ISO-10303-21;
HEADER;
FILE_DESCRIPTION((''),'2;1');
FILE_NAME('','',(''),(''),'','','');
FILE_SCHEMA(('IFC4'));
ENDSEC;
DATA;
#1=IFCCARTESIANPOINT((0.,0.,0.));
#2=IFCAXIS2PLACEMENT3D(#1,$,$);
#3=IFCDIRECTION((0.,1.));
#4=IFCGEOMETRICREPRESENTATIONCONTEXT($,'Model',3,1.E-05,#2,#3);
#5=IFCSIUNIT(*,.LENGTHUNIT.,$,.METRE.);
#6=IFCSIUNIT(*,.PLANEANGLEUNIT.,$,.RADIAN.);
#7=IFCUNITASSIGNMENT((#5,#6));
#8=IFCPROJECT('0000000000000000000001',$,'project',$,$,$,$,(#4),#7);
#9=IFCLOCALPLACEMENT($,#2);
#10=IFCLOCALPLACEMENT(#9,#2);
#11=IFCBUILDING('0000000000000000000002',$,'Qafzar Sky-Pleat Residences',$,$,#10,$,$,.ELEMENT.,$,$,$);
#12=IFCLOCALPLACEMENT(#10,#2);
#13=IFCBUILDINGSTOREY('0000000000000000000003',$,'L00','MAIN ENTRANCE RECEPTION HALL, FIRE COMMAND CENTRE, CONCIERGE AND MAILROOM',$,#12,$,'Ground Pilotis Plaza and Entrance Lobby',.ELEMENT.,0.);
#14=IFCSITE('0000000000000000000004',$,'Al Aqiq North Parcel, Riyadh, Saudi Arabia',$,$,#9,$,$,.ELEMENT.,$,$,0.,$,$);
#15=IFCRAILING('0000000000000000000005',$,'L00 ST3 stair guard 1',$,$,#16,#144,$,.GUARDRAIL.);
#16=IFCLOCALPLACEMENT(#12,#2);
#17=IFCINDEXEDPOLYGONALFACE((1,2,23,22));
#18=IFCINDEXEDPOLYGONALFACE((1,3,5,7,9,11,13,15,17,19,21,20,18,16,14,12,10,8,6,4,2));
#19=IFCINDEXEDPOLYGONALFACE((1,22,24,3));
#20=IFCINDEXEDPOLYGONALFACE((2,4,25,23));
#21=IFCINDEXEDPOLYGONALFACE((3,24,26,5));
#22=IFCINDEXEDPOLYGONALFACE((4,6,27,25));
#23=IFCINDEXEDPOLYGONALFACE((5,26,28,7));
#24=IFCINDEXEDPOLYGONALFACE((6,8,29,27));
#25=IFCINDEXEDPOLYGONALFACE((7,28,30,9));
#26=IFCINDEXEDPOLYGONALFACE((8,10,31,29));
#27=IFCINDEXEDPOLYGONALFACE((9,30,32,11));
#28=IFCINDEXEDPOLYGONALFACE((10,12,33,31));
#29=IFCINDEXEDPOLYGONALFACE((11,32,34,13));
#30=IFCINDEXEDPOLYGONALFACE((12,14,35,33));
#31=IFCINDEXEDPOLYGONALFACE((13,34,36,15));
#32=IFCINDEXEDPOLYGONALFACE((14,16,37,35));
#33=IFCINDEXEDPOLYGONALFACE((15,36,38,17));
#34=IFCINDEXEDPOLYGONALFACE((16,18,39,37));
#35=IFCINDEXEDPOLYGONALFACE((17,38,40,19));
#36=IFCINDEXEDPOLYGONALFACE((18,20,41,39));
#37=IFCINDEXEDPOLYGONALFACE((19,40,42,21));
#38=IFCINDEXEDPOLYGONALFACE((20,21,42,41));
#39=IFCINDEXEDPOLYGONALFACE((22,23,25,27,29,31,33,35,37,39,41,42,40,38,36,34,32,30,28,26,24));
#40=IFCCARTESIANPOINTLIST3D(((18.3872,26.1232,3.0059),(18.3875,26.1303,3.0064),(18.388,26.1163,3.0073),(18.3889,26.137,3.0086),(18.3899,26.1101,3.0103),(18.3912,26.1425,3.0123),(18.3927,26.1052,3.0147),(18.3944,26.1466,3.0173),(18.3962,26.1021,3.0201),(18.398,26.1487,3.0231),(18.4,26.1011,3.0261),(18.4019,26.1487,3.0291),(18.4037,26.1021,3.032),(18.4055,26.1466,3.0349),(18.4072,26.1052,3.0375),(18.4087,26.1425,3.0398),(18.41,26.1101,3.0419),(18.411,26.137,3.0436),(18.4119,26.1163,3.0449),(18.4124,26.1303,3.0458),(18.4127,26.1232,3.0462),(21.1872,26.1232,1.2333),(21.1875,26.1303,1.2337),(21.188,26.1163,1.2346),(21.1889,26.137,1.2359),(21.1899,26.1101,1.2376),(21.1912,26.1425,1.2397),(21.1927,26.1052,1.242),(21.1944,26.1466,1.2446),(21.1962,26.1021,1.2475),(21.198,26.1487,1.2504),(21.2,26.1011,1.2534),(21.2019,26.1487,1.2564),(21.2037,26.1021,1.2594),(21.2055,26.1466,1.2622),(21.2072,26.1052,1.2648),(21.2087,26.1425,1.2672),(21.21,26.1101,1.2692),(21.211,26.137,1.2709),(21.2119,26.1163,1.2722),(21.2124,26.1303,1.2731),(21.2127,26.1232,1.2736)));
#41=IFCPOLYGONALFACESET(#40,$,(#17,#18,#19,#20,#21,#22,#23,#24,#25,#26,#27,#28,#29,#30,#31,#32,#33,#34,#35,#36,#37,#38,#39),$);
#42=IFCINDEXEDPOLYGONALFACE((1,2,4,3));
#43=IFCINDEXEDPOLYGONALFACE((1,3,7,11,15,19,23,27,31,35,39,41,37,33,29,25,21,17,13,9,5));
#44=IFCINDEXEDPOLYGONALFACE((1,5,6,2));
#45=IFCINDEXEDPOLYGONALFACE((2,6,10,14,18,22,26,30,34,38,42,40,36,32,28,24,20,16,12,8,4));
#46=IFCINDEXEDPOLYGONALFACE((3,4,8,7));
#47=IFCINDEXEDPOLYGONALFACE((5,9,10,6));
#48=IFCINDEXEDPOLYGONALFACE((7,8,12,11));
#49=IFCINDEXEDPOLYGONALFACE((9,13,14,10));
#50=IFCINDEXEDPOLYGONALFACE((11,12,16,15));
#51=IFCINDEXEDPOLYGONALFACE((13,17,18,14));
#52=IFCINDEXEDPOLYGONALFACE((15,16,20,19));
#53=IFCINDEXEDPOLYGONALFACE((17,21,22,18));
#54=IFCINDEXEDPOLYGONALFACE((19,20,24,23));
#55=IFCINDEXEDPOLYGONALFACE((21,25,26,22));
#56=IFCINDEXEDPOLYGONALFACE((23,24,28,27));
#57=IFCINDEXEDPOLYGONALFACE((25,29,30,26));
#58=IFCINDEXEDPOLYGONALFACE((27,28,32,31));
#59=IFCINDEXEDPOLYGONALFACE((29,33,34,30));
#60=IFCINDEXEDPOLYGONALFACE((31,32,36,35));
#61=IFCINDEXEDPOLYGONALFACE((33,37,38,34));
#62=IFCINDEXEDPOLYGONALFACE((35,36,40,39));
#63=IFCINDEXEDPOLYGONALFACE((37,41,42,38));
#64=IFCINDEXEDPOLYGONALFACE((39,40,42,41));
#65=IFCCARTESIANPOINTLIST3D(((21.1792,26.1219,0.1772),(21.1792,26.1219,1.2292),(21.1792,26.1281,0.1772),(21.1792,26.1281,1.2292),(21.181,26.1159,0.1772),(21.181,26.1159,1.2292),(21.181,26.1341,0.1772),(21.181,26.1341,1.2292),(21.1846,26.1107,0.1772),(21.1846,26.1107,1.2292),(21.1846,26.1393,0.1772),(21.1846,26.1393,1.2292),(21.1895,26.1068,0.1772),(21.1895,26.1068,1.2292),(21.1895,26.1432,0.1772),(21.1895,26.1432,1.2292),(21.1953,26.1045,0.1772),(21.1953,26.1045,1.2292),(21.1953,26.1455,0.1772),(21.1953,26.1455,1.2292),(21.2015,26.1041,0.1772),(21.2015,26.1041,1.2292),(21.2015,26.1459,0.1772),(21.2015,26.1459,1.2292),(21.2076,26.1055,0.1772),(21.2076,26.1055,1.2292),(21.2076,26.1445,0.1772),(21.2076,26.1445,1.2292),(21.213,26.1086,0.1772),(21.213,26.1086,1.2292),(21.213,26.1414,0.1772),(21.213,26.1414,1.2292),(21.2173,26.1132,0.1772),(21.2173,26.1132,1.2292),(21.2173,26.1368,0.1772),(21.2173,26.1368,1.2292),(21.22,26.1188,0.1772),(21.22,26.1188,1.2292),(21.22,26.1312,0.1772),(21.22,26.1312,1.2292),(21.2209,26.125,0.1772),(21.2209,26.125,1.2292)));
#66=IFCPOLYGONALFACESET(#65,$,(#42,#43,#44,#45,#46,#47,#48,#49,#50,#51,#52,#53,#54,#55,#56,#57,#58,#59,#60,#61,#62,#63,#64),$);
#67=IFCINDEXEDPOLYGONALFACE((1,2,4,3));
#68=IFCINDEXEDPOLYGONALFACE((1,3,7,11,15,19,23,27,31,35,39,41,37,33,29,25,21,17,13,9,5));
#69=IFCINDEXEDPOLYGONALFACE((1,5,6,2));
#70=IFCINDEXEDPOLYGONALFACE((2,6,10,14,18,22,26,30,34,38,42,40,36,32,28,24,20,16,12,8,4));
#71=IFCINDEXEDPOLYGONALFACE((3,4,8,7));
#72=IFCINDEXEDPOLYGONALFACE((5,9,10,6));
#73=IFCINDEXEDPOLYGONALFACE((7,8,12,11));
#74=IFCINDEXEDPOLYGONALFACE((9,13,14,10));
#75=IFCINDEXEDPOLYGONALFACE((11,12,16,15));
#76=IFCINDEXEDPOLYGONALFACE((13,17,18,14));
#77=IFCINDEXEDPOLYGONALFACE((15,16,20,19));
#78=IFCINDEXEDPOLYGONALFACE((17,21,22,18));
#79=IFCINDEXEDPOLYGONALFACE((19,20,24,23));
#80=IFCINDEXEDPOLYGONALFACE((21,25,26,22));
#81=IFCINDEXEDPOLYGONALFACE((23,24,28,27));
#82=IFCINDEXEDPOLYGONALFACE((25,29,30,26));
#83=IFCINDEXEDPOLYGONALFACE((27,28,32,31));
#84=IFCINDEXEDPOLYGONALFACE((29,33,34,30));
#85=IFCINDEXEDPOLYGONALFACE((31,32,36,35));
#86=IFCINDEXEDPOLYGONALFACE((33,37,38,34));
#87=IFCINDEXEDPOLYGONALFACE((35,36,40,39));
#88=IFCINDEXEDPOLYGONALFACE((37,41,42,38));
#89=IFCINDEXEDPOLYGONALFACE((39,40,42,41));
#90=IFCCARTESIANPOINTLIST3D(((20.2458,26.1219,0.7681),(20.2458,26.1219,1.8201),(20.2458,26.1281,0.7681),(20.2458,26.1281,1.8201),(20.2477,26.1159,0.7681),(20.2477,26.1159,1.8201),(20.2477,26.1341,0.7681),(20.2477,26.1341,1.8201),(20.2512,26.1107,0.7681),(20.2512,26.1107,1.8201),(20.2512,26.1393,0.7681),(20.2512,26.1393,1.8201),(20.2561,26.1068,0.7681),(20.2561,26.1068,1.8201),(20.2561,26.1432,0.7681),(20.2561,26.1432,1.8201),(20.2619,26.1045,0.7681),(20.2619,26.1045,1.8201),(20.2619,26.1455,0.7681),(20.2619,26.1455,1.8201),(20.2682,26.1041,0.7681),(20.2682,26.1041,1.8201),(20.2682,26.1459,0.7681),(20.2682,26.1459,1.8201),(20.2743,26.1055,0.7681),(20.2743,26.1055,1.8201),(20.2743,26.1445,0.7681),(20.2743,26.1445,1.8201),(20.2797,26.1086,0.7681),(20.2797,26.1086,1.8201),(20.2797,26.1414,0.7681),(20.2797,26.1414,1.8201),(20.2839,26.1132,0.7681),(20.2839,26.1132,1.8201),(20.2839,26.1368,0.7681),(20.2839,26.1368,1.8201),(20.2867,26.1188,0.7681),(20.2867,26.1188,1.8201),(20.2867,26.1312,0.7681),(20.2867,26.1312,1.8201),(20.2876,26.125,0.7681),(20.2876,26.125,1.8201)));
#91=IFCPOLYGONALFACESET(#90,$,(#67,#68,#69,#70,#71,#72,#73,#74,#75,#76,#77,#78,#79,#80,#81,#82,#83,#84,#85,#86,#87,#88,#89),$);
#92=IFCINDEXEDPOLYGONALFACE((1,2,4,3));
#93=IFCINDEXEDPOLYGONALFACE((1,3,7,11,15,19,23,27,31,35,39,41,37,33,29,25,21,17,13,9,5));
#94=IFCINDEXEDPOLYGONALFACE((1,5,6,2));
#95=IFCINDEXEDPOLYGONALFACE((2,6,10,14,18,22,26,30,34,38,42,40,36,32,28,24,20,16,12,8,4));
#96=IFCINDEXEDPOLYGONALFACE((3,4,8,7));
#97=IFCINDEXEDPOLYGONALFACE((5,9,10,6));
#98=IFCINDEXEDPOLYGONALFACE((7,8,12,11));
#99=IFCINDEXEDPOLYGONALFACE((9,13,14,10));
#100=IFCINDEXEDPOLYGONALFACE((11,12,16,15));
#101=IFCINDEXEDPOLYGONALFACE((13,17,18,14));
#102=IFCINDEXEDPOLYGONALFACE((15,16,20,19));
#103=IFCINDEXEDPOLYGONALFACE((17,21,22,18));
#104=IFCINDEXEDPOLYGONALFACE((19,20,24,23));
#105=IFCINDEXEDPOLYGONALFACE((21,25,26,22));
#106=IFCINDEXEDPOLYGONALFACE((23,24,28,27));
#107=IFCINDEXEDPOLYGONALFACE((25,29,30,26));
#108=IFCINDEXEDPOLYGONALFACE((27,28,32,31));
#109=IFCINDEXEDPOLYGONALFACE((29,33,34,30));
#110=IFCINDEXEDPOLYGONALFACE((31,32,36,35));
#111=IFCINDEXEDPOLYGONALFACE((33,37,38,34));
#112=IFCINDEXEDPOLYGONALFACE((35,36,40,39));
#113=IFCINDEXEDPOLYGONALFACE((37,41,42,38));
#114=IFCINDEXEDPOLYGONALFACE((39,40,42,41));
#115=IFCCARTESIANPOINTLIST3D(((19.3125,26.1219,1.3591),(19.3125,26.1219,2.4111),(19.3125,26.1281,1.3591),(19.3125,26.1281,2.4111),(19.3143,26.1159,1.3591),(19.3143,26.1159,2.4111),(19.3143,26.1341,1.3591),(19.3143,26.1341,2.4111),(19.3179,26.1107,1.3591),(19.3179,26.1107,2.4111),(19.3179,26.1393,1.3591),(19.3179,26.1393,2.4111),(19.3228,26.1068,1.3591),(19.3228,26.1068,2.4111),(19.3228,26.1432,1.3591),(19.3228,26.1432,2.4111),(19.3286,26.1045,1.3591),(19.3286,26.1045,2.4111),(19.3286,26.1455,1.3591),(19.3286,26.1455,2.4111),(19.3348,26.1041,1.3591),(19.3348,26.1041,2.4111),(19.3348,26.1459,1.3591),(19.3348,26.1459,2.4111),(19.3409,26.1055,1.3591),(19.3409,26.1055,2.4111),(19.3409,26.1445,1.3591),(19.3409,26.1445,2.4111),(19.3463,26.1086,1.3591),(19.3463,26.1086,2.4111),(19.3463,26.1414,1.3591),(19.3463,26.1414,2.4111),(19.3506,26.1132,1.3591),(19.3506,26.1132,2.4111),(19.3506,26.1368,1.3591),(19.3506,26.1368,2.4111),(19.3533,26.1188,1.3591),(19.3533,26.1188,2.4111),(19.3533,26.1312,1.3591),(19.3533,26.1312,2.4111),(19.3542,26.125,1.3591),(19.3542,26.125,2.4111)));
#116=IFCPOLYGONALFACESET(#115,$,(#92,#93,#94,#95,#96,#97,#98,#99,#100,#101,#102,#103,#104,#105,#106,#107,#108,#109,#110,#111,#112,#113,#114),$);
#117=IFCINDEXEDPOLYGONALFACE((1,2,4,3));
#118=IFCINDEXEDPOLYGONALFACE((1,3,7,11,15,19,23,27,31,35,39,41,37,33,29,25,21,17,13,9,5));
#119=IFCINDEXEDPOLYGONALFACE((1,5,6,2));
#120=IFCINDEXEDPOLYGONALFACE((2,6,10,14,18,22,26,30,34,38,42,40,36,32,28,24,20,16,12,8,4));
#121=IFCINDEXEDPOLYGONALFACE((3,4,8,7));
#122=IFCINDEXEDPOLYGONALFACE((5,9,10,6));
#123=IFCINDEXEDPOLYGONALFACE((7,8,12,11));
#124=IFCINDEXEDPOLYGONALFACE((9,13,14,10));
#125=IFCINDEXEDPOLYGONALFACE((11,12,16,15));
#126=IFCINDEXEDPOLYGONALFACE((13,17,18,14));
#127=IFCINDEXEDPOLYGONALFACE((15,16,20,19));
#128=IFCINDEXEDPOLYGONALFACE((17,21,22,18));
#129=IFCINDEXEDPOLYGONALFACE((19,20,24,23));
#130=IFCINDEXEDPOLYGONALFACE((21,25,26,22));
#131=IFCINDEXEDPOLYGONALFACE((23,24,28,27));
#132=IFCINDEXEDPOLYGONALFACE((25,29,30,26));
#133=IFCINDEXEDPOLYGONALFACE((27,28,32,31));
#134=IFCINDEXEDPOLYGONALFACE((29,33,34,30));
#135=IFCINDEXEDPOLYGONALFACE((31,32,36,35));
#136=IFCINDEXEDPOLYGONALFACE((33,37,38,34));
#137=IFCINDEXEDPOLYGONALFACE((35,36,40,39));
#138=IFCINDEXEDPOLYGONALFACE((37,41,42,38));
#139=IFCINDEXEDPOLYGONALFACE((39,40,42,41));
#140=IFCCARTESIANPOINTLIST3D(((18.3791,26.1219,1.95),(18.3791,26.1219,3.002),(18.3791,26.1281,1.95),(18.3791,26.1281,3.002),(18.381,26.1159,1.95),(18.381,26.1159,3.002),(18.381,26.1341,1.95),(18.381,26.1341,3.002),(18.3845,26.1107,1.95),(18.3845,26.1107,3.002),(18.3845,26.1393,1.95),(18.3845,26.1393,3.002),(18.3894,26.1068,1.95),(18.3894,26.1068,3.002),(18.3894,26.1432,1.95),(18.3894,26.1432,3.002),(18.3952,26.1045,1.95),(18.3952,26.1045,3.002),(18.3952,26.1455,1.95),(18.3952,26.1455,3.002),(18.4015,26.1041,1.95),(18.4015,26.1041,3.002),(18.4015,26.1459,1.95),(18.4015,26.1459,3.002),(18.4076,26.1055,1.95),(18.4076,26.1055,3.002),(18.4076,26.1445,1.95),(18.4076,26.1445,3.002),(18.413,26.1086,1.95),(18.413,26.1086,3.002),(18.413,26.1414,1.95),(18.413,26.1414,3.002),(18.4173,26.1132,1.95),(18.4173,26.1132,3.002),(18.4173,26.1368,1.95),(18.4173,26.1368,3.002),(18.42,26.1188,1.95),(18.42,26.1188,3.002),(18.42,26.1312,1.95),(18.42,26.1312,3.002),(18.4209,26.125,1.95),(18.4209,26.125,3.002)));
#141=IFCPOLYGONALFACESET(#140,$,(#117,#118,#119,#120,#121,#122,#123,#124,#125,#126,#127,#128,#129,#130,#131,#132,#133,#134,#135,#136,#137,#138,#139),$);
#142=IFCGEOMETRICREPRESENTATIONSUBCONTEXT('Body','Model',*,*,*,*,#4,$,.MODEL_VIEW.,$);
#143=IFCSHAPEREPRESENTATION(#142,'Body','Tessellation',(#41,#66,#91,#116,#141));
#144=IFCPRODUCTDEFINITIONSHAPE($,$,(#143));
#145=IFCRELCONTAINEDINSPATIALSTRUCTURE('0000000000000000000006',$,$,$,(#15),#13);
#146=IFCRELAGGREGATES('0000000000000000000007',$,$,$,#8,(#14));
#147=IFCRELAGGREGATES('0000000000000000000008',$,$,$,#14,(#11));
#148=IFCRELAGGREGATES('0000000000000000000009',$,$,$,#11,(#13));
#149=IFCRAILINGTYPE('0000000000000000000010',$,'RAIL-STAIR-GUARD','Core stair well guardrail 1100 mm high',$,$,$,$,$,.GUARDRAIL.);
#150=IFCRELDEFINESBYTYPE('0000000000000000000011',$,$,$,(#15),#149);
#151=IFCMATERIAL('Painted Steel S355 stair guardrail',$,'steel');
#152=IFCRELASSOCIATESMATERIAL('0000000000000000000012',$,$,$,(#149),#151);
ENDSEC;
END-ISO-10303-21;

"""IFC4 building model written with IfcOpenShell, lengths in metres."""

from ifc_helpers import new_model, si_unit, direction, frame, origin, origin_2d, place, context, subcontext, project, spatial, circle, extrude, source, transform, mapped, material, type_object, element, save


model = new_model("IFC4")

# Units and contexts
model_context = context("Model", 3, precision=1e-05, world=origin(), true_north=direction((0.0, 1.0)))
body_context = subcontext(model_context, "Body", "Model", "MODEL_VIEW")
ifc_project = project(units=[si_unit("LENGTHUNIT", "METRE"), si_unit("PLANEANGLEUNIT", "RADIAN")], contexts=[model_context])

# Site, building, storey
site_placement = place(None, origin())
site = spatial("IfcSite", under=ifc_project, at=site_placement, Name="Al Aqiq North Parcel, Riyadh, Saudi Arabia", CompositionType="ELEMENT", RefElevation=0.0)
building_placement = place(site_placement, origin())
building = spatial("IfcBuilding", under=site, at=building_placement, Name="Qafzar Sky-Pleat Residences", CompositionType="ELEMENT")
storey_placement = place(building_placement, origin())
storey = spatial("IfcBuildingStorey", under=building, at=storey_placement, Name="L00", Description="MAIN ENTRANCE RECEPTION HALL, FIRE COMMAND CENTRE, CONCIERGE AND MAILROOM", LongName="Ground Pilotis Plaza and Entrance Lobby", CompositionType="ELEMENT", Elevation=0.0)

# Railing
ifc_material_1 = material(Name="Painted Steel S355 stair guardrail", Category="steel")
railing_type_1 = type_object("IfcRailingType", Name="RAIL-STAIR-GUARD", Description="Core stair well guardrail 1100 mm high", PredefinedType="GUARDRAIL", material=ifc_material_1)
shared_shape_1 = source(origin(), body_context, "Body", "SweptSolid", [
    extrude(circle(Radius=0.0239, at=origin_2d()), frame((0.0, 0.0, 1.0762), z_axis=(-0.844909, 0.0, 0.53491), x_axis=(0.0, -1.0, 0.0)), (0.0, 0.0, 1.0), 3.314),
    extrude(circle(Radius=0.021, at=origin_2d()), origin(), (0.0, 0.0, 1.0), 1.052),
    extrude(circle(Radius=0.021, at=origin_2d()), frame((-0.9333, 0.0, 0.5908)), (0.0, 0.0, 1.0), 1.052),
    extrude(circle(Radius=0.021, at=origin_2d()), frame((-1.8667, 0.0, 1.1819)), (0.0, 0.0, 1.0), 1.052),
    extrude(circle(Radius=0.021, at=origin_2d()), frame((-2.8, 0.0, 1.7727)), (0.0, 0.0, 1.0), 1.052),
])
for number, where, name in (
    (1, (21.2, 26.125, 0.1772), "L00 ST3 stair guard 1"),
):
    element("IfcRailing", number, at=place(storey_placement, frame(where)), inside=storey, type_object=railing_type_1, Name=name, PredefinedType="GUARDRAIL", context=body_context, shape_type="MappedRepresentation", body=[
        mapped(shared_shape_1, transform((0.0, 0.0, 0.0), x_axis=(1.0, 0.0, 0.0), y_axis=(0.0, 1.0, 0.0), z_axis=(0.0, 0.0, 1.0), scale=1.0)),
    ])

save(model, "model.ifc")
